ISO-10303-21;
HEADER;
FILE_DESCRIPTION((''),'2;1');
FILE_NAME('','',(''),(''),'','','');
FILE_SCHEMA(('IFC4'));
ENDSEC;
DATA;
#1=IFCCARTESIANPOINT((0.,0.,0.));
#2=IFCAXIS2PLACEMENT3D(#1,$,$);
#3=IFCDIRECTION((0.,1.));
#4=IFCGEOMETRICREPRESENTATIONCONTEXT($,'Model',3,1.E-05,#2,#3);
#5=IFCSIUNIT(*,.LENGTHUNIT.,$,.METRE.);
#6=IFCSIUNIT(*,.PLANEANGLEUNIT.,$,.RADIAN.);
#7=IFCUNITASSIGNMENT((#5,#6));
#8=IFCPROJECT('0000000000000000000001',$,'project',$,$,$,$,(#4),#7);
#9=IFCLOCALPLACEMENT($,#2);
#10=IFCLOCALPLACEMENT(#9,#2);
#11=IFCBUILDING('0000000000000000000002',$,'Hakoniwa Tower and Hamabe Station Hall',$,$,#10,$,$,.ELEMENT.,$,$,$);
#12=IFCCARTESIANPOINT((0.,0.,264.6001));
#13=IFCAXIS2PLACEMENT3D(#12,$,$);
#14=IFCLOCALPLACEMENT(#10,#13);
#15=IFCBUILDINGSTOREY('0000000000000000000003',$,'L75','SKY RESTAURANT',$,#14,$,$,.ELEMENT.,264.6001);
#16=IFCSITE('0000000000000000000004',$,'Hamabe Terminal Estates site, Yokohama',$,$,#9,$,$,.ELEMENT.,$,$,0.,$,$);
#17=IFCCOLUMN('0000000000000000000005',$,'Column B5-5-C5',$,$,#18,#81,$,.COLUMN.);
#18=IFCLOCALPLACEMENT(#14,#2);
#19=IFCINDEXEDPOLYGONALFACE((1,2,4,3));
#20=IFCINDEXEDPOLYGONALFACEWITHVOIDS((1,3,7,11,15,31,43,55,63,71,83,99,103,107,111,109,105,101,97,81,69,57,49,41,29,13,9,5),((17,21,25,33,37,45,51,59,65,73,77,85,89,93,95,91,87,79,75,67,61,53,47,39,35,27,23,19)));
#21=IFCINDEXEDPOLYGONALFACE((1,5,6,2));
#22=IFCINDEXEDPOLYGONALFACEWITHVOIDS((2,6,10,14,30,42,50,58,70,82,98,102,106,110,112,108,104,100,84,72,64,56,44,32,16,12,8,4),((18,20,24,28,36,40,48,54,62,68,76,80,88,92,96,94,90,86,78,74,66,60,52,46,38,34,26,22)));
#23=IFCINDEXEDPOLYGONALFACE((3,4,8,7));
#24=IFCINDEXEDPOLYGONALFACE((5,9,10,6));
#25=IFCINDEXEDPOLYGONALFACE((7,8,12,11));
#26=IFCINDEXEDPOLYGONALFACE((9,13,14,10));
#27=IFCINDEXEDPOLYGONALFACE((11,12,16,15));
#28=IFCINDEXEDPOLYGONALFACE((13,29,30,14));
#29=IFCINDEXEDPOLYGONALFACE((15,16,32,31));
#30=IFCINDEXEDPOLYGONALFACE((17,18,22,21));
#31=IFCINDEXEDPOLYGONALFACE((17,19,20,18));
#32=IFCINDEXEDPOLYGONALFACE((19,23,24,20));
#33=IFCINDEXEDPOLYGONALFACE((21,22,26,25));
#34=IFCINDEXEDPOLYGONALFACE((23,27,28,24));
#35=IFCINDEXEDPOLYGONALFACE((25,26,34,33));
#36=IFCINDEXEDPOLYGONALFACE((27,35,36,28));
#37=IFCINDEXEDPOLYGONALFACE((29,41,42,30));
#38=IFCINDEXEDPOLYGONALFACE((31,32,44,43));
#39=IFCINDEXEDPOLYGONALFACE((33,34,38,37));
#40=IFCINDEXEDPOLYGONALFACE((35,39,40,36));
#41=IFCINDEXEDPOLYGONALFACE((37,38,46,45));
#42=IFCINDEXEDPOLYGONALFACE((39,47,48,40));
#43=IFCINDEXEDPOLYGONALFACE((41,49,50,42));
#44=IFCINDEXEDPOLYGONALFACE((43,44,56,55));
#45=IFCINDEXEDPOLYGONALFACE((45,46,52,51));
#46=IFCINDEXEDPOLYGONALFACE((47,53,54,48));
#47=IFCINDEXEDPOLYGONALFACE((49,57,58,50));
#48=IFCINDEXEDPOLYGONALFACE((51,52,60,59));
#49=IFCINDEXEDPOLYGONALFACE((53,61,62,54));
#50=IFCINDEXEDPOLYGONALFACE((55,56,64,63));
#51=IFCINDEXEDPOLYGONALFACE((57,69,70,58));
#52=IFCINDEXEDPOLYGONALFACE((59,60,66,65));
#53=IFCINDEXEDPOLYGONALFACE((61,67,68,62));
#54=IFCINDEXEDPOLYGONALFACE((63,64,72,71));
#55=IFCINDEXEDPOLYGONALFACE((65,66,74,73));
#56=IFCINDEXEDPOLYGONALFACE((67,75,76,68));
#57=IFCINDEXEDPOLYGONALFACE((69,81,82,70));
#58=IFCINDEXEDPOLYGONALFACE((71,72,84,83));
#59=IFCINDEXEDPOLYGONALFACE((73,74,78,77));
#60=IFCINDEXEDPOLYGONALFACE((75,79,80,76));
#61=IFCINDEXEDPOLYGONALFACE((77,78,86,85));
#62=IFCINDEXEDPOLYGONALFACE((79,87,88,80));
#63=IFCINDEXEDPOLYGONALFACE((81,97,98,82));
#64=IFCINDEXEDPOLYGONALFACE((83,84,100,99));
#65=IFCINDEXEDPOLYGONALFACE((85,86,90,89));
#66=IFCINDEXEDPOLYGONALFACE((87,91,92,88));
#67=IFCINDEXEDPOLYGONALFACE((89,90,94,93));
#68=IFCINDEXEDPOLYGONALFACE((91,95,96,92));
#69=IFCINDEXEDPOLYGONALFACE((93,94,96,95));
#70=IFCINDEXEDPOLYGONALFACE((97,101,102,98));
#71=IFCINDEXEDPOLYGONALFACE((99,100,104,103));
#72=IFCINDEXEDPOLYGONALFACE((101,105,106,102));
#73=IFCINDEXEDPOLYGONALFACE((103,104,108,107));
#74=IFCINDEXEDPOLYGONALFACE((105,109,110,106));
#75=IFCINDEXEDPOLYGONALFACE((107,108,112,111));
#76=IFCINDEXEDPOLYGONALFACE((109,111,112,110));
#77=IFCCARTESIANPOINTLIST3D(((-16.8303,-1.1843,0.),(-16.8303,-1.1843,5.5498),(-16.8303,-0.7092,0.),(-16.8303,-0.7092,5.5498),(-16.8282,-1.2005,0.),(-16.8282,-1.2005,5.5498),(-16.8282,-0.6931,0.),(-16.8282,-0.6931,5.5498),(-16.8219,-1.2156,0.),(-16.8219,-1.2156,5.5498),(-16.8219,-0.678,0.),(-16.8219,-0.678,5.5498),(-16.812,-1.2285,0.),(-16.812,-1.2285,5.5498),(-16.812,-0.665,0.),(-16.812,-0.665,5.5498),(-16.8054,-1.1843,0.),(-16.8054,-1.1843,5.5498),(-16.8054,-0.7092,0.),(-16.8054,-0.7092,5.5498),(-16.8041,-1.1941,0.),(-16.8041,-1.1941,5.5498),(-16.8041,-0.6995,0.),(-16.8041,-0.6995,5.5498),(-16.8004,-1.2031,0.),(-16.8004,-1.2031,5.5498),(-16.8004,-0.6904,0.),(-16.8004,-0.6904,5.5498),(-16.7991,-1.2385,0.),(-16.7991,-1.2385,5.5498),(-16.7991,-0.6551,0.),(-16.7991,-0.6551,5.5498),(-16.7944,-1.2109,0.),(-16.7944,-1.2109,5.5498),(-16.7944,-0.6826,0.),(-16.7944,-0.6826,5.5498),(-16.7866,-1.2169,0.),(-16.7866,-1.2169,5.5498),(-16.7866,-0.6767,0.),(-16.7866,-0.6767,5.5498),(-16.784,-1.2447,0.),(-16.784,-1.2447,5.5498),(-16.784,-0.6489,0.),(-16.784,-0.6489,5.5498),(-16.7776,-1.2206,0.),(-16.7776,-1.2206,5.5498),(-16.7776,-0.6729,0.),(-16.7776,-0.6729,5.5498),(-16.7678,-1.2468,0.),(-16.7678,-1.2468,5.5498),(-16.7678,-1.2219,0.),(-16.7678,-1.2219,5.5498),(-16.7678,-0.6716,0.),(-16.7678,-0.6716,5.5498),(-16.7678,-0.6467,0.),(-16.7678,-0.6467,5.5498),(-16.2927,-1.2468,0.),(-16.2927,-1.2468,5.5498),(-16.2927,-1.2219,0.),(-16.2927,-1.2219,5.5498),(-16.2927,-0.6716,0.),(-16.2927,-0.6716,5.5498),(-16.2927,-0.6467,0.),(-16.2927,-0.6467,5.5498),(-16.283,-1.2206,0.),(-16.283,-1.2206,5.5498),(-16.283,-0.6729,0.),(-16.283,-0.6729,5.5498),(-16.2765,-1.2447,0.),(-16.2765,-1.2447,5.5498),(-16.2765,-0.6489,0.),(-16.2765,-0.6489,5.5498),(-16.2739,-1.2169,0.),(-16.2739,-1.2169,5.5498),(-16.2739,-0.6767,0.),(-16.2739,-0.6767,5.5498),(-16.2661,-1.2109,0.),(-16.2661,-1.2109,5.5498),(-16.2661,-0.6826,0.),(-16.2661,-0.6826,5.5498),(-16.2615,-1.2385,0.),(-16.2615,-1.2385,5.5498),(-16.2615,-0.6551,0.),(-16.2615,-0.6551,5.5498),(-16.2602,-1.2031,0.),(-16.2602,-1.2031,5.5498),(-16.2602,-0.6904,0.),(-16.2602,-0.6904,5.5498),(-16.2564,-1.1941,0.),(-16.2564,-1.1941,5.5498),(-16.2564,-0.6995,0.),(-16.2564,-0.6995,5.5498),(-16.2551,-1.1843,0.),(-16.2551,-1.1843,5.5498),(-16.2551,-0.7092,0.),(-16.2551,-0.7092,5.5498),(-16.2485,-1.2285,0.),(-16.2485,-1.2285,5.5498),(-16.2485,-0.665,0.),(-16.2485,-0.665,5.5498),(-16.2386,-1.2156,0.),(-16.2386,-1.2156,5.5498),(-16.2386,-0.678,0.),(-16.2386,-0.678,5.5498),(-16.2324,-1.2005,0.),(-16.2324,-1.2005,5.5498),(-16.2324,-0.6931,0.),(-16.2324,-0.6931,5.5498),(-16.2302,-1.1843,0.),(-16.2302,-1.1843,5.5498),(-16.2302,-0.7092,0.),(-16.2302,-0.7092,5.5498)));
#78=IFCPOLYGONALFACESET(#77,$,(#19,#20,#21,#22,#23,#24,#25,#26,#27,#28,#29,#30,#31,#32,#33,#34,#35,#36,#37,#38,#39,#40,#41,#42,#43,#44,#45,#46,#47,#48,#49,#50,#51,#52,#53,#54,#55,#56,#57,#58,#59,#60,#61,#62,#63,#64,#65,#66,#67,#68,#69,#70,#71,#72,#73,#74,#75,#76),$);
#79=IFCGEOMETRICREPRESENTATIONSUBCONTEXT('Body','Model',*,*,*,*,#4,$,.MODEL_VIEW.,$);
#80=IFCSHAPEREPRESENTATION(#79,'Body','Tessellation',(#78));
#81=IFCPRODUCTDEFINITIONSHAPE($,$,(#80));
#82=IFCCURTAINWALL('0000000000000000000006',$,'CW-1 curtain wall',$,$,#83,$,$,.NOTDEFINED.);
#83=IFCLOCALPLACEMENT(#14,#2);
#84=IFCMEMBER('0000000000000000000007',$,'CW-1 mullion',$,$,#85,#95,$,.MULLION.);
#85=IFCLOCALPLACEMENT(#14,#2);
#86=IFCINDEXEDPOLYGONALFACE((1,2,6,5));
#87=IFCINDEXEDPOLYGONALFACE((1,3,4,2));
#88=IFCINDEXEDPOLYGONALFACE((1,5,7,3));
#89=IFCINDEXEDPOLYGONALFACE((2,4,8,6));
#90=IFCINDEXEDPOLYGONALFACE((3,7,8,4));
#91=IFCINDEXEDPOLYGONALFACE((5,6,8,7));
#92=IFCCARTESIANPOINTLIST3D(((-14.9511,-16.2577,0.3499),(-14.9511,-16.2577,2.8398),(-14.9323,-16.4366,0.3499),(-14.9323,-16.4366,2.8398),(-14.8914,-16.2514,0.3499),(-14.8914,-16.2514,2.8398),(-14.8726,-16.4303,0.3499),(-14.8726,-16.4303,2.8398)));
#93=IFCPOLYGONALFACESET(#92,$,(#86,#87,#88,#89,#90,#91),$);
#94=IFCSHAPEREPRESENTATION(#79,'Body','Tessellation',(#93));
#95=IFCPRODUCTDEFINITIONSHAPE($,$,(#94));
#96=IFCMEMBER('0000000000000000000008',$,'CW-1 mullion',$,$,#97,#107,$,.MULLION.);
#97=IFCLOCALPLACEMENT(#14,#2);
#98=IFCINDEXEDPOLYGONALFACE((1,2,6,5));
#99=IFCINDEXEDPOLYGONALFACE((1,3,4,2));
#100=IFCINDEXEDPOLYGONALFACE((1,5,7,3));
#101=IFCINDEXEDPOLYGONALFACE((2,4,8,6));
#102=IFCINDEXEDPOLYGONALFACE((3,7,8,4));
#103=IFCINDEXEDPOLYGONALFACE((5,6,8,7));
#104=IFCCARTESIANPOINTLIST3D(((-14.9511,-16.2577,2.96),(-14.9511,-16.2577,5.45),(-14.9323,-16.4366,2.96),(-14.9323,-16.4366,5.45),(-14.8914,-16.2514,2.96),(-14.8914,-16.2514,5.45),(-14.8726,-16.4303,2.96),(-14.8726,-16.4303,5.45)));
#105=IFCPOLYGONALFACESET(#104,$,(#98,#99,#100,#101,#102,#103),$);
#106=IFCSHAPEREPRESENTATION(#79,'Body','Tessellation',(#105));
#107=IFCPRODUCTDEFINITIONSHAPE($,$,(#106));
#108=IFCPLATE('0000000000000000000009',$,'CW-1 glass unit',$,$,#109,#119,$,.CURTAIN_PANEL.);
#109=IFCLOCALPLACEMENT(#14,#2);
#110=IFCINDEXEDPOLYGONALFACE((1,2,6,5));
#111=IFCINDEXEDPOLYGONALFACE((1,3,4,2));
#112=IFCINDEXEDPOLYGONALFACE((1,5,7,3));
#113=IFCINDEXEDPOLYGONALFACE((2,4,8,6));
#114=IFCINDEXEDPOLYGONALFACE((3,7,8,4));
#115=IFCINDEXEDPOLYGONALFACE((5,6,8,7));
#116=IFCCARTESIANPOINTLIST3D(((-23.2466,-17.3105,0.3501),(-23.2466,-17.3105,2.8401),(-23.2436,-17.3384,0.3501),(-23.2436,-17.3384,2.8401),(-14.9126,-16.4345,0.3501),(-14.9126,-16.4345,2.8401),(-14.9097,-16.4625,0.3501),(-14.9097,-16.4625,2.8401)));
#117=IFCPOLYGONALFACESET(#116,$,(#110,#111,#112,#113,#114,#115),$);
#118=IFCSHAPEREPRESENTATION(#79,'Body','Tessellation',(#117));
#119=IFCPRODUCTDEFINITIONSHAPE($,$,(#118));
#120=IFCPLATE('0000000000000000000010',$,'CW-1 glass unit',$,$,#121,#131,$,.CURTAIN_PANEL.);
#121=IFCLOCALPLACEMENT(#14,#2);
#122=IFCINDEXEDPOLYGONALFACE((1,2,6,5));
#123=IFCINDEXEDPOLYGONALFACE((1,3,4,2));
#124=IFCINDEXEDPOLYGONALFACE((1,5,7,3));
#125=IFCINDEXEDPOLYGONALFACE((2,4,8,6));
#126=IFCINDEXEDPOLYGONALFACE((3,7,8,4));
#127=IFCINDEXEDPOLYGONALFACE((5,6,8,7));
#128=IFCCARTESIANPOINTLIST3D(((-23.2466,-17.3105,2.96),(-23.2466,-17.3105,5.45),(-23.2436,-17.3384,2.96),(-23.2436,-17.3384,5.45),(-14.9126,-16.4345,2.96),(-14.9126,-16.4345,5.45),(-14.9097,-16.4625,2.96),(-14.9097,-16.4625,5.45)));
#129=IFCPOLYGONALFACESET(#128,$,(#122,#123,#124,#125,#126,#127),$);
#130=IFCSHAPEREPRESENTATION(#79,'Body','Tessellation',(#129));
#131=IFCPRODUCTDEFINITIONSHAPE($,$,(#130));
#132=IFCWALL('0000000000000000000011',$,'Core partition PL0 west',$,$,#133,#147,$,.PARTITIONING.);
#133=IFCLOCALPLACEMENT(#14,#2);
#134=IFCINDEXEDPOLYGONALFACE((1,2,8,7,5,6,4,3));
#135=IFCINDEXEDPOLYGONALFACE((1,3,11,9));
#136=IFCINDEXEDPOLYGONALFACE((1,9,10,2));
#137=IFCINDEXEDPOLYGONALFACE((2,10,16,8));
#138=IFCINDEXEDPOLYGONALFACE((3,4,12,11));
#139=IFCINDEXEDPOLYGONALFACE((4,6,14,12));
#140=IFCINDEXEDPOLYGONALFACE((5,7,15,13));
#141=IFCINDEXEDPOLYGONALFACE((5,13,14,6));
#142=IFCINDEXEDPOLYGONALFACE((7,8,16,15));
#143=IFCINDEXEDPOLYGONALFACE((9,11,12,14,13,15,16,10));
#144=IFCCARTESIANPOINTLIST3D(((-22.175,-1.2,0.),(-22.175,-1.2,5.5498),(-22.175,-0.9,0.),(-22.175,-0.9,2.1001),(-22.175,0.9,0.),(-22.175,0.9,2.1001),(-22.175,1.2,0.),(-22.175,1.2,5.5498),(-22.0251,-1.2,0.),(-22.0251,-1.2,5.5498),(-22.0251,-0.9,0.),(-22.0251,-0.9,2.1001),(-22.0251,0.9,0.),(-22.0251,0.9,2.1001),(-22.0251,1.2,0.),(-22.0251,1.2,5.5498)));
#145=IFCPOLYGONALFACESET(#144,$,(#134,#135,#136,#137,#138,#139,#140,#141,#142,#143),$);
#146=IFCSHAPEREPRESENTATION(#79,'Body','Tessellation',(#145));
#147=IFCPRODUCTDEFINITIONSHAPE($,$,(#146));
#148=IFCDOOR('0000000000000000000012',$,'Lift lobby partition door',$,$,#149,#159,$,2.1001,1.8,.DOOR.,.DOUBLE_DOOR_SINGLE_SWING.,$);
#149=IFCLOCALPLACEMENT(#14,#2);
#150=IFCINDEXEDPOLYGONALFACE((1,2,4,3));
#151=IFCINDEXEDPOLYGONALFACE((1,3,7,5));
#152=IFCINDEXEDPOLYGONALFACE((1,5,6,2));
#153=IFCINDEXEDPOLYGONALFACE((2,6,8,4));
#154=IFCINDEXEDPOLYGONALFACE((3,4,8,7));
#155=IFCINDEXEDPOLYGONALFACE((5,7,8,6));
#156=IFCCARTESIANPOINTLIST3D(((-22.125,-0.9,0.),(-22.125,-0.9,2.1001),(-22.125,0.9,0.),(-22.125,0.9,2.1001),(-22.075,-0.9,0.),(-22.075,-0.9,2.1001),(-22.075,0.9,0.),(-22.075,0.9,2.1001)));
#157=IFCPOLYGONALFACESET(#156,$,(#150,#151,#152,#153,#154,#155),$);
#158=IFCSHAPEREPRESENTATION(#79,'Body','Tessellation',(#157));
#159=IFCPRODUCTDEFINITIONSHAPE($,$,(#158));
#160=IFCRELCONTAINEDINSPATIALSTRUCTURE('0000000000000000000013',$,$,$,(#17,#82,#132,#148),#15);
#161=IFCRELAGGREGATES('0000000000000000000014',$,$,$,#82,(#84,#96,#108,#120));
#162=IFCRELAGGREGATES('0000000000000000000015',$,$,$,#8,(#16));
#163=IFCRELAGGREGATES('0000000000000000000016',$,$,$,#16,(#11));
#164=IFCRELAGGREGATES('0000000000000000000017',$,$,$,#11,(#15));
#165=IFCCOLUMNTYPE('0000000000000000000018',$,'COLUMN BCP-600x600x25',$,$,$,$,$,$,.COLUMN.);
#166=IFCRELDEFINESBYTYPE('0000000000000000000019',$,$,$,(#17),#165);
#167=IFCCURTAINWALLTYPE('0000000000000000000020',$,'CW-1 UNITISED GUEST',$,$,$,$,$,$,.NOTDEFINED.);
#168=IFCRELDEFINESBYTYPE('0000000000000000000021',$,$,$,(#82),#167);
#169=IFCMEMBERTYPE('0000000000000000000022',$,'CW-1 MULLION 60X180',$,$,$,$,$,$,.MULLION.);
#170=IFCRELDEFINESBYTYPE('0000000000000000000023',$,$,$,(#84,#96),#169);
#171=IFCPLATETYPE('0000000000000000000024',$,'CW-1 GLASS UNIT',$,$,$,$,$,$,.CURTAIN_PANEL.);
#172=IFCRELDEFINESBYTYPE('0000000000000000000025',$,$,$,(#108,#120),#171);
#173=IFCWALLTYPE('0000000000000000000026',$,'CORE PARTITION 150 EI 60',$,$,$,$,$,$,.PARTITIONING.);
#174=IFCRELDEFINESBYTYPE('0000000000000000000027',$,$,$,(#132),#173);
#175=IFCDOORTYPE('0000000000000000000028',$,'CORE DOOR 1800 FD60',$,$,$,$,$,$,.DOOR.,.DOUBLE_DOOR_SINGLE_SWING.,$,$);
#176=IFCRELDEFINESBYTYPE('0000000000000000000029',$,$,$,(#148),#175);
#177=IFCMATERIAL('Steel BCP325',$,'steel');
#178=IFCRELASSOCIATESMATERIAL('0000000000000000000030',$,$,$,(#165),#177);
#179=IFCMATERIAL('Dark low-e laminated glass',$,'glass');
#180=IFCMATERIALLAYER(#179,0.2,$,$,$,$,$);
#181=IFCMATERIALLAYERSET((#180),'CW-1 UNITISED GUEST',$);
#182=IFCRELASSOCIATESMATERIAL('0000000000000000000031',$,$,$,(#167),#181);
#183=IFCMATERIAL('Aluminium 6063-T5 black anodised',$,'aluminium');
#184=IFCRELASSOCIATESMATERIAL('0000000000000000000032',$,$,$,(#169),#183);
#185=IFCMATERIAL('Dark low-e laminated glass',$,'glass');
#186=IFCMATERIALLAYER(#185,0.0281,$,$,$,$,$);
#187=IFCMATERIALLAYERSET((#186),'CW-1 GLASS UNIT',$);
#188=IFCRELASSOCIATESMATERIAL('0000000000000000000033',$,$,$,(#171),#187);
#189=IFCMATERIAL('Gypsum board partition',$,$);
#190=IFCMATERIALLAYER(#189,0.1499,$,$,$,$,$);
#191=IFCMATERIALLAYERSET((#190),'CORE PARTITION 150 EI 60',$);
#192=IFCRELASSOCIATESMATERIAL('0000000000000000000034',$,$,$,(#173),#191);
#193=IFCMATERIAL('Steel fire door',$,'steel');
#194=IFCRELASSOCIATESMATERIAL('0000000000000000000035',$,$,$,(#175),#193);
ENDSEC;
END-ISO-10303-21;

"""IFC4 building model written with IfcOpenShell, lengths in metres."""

from ifc_helpers import new_model, si_unit, direction, frame, frame_2d, origin, origin_2d, place, context, subcontext, project, spatial, rectangle, hollow_rectangle, extrude, material, layer, layer_set, material_profile, profile_set, type_object, element, fill, aggregate, save


model = new_model("IFC4")

# Units and contexts
model_context = context("Model", 3, precision=1e-05, world=origin(), true_north=direction((0.0, 1.0)))
body_context = subcontext(model_context, "Body", "Model", "MODEL_VIEW")
ifc_project = project(units=[si_unit("LENGTHUNIT", "METRE"), si_unit("PLANEANGLEUNIT", "RADIAN")], contexts=[model_context])

# Site, building, storey
site_placement = place(None, origin())
site = spatial("IfcSite", under=ifc_project, at=site_placement, Name="Hamabe Terminal Estates site, Yokohama", CompositionType="ELEMENT", RefElevation=0.0)
building_placement = place(site_placement, origin())
building = spatial("IfcBuilding", under=site, at=building_placement, Name="Hakoniwa Tower and Hamabe Station Hall", CompositionType="ELEMENT")
storey_placement = place(building_placement, frame((0.0, 0.0, 264.6001)))
storey = spatial("IfcBuildingStorey", under=building, at=storey_placement, Name="L75", Description="SKY RESTAURANT", CompositionType="ELEMENT", Elevation=264.6001)

# Column
ifc_material_1 = material(Name="Steel BCP325", Category="steel")
ifc_material_profile_1 = material_profile(ifc_material_1, hollow_rectangle(XDim=0.6001, YDim=0.6001, WallThickness=0.0249, InnerFilletRadius=0.0376, OuterFilletRadius=0.0625, at=origin_2d()), Name="BCP-600x600x25")
ifc_profile_set_1 = profile_set([ifc_material_profile_1], Name="Steel BCP325")
column_type_1 = type_object("IfcColumnType", Name="COLUMN BCP-600x600x25", PredefinedType="COLUMN", material=ifc_profile_set_1)
column_placement = place(storey_placement, frame((-16.5303, -0.9468, 0.0), z_axis=(0.0, 0.0, 1.0), x_axis=(1.0, 0.0, 0.0)))
element("IfcColumn", 1, at=column_placement, inside=storey, type_object=column_type_1, Name="Column B5-5-C5", PredefinedType="COLUMN", context=body_context, shape_type="SweptSolid", body=[
    extrude(hollow_rectangle(XDim=0.6001, YDim=0.6001, WallThickness=0.0249, InnerFilletRadius=0.0376, OuterFilletRadius=0.0625, at=origin_2d()), origin(), (0.0, 0.0, 1.0), 5.5498),
])

# Curtain wall, members, plates
ifc_material_2 = material(Name="Dark low-e laminated glass", Category="glass")
ifc_layer_1 = layer(ifc_material_2, 0.2)
ifc_layer_set_1 = layer_set([ifc_layer_1], Name="CW-1 UNITISED GUEST")
curtain_wall_type = type_object("IfcCurtainWallType", Name="CW-1 UNITISED GUEST", PredefinedType="NOTDEFINED", material=ifc_layer_set_1)
curtain_wall_placement = place(storey_placement, origin())
curtain_wall = element("IfcCurtainWall", 2, at=curtain_wall_placement, inside=storey, type_object=curtain_wall_type, Name="CW-1 curtain wall", PredefinedType="NOTDEFINED")
ifc_material_3 = material(Name="Aluminium 6063-T5 black anodised", Category="aluminium")
ifc_material_profile_2 = material_profile(ifc_material_3, rectangle(XDim=0.0601, YDim=0.1799, at=origin_2d()), Name="CW-1 MULLION 60X180")
ifc_profile_set_2 = profile_set([ifc_material_profile_2], Name="Aluminium 6063-T5 black anodised")
member_type = type_object("IfcMemberType", Name="CW-1 MULLION 60X180", PredefinedType="MULLION", material=ifc_profile_set_2)
member_1_placement = place(storey_placement, frame((-14.9119, -16.344, 0.3499), z_axis=(0.0, 0.0, 1.0), x_axis=(0.994522, 0.104528, 0.0)))
member_1 = element("IfcMember", 3, at=member_1_placement, type_object=member_type, Name="CW-1 mullion", PredefinedType="MULLION", context=body_context, shape_type="SweptSolid", body=[
    extrude(rectangle(XDim=0.0601, YDim=0.1799, at=origin_2d()), origin(), (0.0, 0.0, 1.0), 2.49),
])
member_2_placement = place(storey_placement, frame((-14.9119, -16.344, 2.96), z_axis=(0.0, 0.0, 1.0), x_axis=(0.994522, 0.104528, 0.0)))
member_2 = element("IfcMember", 4, at=member_2_placement, type_object=member_type, Name="CW-1 mullion", PredefinedType="MULLION", context=body_context, shape_type="SweptSolid", body=[
    extrude(rectangle(XDim=0.0601, YDim=0.1799, at=origin_2d()), origin(), (0.0, 0.0, 1.0), 2.49),
])
ifc_material_4 = material(Name="Dark low-e laminated glass", Category="glass")
ifc_layer_2 = layer(ifc_material_4, 0.0281)
ifc_layer_set_2 = layer_set([ifc_layer_2], Name="CW-1 GLASS UNIT")
plate_type = type_object("IfcPlateType", Name="CW-1 GLASS UNIT", PredefinedType="CURTAIN_PANEL", material=ifc_layer_set_2)
plate_1_placement = place(storey_placement, frame((-19.0781, -16.8865, 0.3501), z_axis=(0.0, 0.0, 1.0), x_axis=(0.994522, 0.104528, 0.0)))
plate_1 = element("IfcPlate", 5, at=plate_1_placement, type_object=plate_type, Name="CW-1 glass unit", PredefinedType="CURTAIN_PANEL", context=body_context, shape_type="SweptSolid", body=[
    extrude(rectangle(XDim=8.3799, YDim=0.0281, at=origin_2d()), origin(), (0.0, 0.0, 1.0), 2.49),
])
plate_2_placement = place(storey_placement, frame((-19.0781, -16.8865, 2.96), z_axis=(0.0, 0.0, 1.0), x_axis=(0.994522, 0.104528, 0.0)))
plate_2 = element("IfcPlate", 6, at=plate_2_placement, type_object=plate_type, Name="CW-1 glass unit", PredefinedType="CURTAIN_PANEL", context=body_context, shape_type="SweptSolid", body=[
    extrude(rectangle(XDim=8.3799, YDim=0.0281, at=origin_2d()), origin(), (0.0, 0.0, 1.0), 2.49),
])
aggregate(curtain_wall, [member_1, member_2, plate_1, plate_2])

# Wall, opening, door
ifc_material_5 = material(Name="Gypsum board partition")
ifc_layer_3 = layer(ifc_material_5, 0.1499)
ifc_layer_set_3 = layer_set([ifc_layer_3], Name="CORE PARTITION 150 EI 60")
wall_type_1 = type_object("IfcWallType", Name="CORE PARTITION 150 EI 60", PredefinedType="PARTITIONING", material=ifc_layer_set_3)
wall_1_placement = place(storey_placement, frame((-22.1001, -1.2, 0.0), z_axis=(0.0, 0.0, 1.0), x_axis=(0.0, 1.0, 0.0)))
wall_1 = element("IfcWall", 7, at=wall_1_placement, inside=storey, type_object=wall_type_1, Name="Core partition PL0 west", PredefinedType="PARTITIONING", context=body_context, shape_type="SweptSolid", body=[
    extrude(rectangle(XDim=2.3999, YDim=0.1499, at=frame_2d((1.2, 0.0))), origin(), (0.0, 0.0, 1.0), 5.5498),
])
opening_1_placement = place(wall_1_placement, frame((0.3, 0.0, 0.0)))
opening_1 = element("IfcOpeningElement", 8, at=opening_1_placement, cuts=wall_1, PredefinedType="OPENING", context=body_context, shape_type="SweptSolid", body=[
    extrude(rectangle(XDim=1.8, YDim=2.1001, at=frame_2d((0.8999, 1.05))), frame((0.0, 0.085, 0.0), z_axis=(0.0, -1.0, 0.0), x_axis=(1.0, 0.0, 0.0)), (0.0, 0.0, 1.0), 0.1699),
])
ifc_material_6 = material(Name="Steel fire door", Category="steel")
door_type_1 = type_object("IfcDoorType", Name="CORE DOOR 1800 FD60", OperationType="DOUBLE_DOOR_SINGLE_SWING", PredefinedType="DOOR", material=ifc_material_6)
door_1_placement = place(opening_1_placement, origin())
door_1 = element("IfcDoor", 9, at=door_1_placement, inside=storey, type_object=door_type_1, Name="Lift lobby partition door", OperationType="DOUBLE_DOOR_SINGLE_SWING", OverallHeight=2.1001, OverallWidth=1.8, PredefinedType="DOOR", context=body_context, shape_type="SweptSolid", body=[
    extrude(rectangle(XDim=1.8, YDim=2.1001, at=frame_2d((0.8999, 1.05))), frame((0.0, 0.0249, 0.0), z_axis=(0.0, -1.0, 0.0), x_axis=(1.0, 0.0, 0.0)), (0.0, 0.0, 1.0), 0.05),
])
fill(opening_1, door_1)

save(model, "model.ifc")
